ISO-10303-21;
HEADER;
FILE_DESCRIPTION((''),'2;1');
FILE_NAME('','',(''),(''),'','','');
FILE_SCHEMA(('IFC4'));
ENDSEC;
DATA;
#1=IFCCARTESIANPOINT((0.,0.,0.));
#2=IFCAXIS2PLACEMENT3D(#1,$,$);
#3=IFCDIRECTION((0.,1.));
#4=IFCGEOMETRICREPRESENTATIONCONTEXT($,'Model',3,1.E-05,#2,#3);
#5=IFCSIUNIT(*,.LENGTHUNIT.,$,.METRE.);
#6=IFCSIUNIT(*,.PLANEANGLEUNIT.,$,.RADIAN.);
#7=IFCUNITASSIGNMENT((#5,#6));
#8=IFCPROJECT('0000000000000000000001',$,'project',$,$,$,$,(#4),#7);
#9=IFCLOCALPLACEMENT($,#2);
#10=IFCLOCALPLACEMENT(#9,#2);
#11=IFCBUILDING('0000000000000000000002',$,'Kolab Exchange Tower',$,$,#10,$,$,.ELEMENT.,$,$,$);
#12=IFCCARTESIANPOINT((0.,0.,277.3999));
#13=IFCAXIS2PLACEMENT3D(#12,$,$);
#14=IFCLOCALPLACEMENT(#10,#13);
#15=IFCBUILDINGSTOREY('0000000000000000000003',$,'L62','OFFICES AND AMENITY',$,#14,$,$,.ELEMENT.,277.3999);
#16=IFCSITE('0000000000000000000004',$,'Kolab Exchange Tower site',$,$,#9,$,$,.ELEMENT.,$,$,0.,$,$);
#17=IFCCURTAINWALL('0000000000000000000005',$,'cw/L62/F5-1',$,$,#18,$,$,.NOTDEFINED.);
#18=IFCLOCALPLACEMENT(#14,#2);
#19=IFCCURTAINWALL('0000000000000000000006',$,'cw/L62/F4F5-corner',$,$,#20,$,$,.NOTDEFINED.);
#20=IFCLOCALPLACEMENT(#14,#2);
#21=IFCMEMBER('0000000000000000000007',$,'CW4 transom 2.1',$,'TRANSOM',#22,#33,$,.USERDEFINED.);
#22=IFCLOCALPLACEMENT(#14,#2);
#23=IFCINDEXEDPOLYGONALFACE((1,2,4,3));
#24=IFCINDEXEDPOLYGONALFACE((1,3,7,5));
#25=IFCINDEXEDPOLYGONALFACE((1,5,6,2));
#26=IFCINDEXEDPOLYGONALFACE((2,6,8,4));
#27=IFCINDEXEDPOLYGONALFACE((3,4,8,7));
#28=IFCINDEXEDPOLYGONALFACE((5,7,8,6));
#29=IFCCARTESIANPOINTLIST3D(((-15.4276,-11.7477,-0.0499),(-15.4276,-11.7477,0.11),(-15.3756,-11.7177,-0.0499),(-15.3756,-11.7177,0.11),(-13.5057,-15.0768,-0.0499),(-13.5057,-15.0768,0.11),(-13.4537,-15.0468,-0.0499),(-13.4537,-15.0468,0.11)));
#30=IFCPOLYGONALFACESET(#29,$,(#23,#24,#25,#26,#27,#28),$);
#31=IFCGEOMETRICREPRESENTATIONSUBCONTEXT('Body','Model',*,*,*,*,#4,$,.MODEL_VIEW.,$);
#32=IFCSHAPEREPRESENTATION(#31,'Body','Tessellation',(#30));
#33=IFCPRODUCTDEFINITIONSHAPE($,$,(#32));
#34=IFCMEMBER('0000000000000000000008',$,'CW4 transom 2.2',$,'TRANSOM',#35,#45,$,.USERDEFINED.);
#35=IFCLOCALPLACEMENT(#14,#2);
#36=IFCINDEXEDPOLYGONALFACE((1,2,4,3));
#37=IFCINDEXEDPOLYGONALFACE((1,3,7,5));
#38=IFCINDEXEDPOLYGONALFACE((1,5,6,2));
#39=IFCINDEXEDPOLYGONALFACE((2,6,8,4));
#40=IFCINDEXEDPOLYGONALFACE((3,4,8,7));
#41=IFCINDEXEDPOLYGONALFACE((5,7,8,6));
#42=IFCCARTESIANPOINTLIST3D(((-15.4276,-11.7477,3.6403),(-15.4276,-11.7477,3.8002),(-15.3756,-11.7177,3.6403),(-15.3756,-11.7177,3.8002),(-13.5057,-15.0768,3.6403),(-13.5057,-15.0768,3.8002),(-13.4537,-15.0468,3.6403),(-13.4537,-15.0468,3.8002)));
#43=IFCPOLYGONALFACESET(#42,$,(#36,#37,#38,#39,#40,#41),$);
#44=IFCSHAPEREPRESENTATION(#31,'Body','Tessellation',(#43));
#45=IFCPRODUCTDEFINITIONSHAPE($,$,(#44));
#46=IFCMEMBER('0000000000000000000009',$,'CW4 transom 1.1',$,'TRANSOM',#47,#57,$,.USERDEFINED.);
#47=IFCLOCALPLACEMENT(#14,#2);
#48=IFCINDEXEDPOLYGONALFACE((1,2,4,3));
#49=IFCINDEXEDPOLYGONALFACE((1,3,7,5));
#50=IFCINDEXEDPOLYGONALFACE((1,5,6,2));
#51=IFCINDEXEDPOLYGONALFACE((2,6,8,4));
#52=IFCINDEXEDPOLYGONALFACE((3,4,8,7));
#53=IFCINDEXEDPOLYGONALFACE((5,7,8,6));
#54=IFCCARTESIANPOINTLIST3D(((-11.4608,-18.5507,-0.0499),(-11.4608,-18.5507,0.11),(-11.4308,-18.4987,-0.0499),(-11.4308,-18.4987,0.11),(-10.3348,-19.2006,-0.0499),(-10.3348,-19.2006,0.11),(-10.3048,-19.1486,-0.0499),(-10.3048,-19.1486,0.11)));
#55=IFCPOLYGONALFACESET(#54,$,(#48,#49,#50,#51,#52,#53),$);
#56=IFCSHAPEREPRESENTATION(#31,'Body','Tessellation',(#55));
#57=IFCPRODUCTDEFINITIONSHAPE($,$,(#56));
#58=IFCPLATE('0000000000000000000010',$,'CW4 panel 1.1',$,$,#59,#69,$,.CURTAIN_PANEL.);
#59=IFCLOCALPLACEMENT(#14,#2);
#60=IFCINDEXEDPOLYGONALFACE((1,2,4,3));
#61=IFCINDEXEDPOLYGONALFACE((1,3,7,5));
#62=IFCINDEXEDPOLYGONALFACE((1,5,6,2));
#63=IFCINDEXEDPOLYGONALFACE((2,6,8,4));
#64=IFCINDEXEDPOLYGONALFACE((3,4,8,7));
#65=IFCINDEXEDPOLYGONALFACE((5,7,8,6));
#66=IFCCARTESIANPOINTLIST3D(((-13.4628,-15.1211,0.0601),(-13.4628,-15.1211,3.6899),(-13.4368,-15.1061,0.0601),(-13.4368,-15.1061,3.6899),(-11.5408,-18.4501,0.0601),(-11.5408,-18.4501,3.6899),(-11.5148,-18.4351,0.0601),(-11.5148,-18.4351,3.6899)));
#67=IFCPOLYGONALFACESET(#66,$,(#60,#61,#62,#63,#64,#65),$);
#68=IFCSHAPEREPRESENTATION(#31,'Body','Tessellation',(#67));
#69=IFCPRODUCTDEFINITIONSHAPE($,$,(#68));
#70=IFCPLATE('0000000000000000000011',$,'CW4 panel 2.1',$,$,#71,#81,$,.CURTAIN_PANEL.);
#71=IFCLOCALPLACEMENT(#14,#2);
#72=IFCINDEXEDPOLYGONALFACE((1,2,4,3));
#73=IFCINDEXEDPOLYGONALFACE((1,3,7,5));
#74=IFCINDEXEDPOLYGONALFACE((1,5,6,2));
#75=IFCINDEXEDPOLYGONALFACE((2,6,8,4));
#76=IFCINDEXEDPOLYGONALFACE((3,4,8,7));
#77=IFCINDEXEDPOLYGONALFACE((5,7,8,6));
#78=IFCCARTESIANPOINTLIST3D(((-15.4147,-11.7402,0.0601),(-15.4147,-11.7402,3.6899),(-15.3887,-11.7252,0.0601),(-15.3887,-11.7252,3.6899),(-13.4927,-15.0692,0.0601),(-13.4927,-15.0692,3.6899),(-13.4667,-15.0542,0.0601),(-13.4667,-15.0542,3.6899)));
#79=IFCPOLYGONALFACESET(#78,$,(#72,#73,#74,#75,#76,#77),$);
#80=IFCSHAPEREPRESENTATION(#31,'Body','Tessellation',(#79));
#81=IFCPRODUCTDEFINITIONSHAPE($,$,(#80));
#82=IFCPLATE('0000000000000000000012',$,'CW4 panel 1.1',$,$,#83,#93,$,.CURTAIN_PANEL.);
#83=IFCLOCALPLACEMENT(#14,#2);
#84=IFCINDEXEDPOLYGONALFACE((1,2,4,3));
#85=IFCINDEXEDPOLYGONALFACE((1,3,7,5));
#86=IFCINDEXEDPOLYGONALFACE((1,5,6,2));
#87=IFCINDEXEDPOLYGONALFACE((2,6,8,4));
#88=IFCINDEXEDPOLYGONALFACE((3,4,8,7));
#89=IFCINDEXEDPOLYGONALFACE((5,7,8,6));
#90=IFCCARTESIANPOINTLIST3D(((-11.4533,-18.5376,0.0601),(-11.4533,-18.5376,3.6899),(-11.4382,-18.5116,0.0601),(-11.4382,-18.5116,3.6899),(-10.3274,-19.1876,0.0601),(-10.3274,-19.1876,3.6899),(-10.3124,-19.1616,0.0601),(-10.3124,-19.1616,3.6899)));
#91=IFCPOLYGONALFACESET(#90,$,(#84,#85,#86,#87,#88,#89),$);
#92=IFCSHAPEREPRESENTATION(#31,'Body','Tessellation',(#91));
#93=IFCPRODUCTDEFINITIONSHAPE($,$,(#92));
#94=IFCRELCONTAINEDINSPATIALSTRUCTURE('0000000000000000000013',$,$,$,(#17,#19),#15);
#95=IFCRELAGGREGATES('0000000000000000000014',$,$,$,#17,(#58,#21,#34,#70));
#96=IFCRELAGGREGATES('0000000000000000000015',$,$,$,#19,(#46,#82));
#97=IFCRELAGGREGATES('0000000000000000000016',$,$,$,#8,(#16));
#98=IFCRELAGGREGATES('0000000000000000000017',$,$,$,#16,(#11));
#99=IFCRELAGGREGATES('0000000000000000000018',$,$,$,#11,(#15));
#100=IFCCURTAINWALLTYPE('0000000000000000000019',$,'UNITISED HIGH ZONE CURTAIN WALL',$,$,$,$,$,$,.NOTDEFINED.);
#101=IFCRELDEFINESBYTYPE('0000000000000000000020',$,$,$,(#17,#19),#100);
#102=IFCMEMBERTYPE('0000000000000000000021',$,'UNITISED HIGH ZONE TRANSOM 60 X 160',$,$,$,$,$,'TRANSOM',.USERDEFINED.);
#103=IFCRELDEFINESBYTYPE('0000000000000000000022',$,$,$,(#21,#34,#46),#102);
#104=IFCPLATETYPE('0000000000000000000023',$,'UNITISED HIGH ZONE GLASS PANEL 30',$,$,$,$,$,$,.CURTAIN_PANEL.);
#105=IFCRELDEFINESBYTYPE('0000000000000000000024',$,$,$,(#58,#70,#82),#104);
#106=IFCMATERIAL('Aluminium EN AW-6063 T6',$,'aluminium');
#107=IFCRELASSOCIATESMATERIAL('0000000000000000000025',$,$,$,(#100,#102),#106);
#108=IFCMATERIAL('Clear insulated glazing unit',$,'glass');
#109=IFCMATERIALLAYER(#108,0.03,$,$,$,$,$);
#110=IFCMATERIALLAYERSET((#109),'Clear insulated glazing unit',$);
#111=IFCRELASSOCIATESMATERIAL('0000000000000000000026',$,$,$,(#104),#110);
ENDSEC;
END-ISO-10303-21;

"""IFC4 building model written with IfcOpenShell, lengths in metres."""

from ifc_helpers import new_model, si_unit, direction, frame, origin, origin_2d, place, context, subcontext, project, spatial, rectangle, extrude, material, layer, layer_set, material_profile, profile_set, type_object, element, aggregate, save


model = new_model("IFC4")

# Units and contexts
model_context = context("Model", 3, precision=1e-05, world=origin(), true_north=direction((0.0, 1.0)))
body_context = subcontext(model_context, "Body", "Model", "MODEL_VIEW")
ifc_project = project(units=[si_unit("LENGTHUNIT", "METRE"), si_unit("PLANEANGLEUNIT", "RADIAN")], contexts=[model_context])

# Site, building, storey
site_placement = place(None, origin())
site = spatial("IfcSite", under=ifc_project, at=site_placement, Name="Kolab Exchange Tower site", CompositionType="ELEMENT", RefElevation=0.0)
building_placement = place(site_placement, origin())
building = spatial("IfcBuilding", under=site, at=building_placement, Name="Kolab Exchange Tower", CompositionType="ELEMENT")
storey_placement = place(building_placement, frame((0.0, 0.0, 277.3999)))
storey = spatial("IfcBuildingStorey", under=building, at=storey_placement, Name="L62", Description="OFFICES AND AMENITY", CompositionType="ELEMENT", Elevation=277.3999)

# Curtain wall
ifc_material_1 = material(Name="Aluminium EN AW-6063 T6", Category="aluminium")
curtain_wall_type = type_object("IfcCurtainWallType", Name="UNITISED HIGH ZONE CURTAIN WALL", PredefinedType="NOTDEFINED", material=ifc_material_1)
curtain_wall_1_placement = place(storey_placement, origin())
curtain_wall_1 = element("IfcCurtainWall", 1, at=curtain_wall_1_placement, inside=storey, type_object=curtain_wall_type, Name="cw/L62/F5-1", PredefinedType="NOTDEFINED")

# Curtain wall
curtain_wall_2_placement = place(storey_placement, origin())
curtain_wall_2 = element("IfcCurtainWall", 2, at=curtain_wall_2_placement, inside=storey, type_object=curtain_wall_type, Name="cw/L62/F4F5-corner", PredefinedType="NOTDEFINED")

# Members
ifc_material_profile_1 = material_profile(ifc_material_1, rectangle(XDim=0.0601, YDim=0.1599, at=origin_2d()), Name="RECT 60X160")
ifc_profile_set_1 = profile_set([ifc_material_profile_1], Name="Aluminium EN AW-6063 T6")
member_type_1 = type_object("IfcMemberType", Name="UNITISED HIGH ZONE TRANSOM 60 X 160", ElementType="TRANSOM", PredefinedType="USERDEFINED", material=ifc_profile_set_1)
member_1_placement = place(storey_placement, frame((-13.4797, -15.0618, 0.03), z_axis=(-0.499964, 0.866046, 0.0), x_axis=(-0.866046, -0.499964, 0.0)))
member_1 = element("IfcMember", 3, at=member_1_placement, type_object=member_type_1, Name="CW4 transom 2.1", ObjectType="TRANSOM", PredefinedType="USERDEFINED", context=body_context, shape_type="SweptSolid", body=[
    extrude(rectangle(XDim=0.0601, YDim=0.1599, at=origin_2d()), origin(), (0.0, 0.0, 1.0), 3.844),
])
member_2_placement = place(storey_placement, frame((-13.4797, -15.0618, 3.7202), z_axis=(-0.499964, 0.866046, 0.0), x_axis=(-0.866046, -0.499964, 0.0)))
member_2 = element("IfcMember", 4, at=member_2_placement, type_object=member_type_1, Name="CW4 transom 2.2", ObjectType="TRANSOM", PredefinedType="USERDEFINED", context=body_context, shape_type="SweptSolid", body=[
    extrude(rectangle(XDim=0.0601, YDim=0.1599, at=origin_2d()), origin(), (0.0, 0.0, 1.0), 3.844),
])
member_3_placement = place(storey_placement, frame((-10.3198, -19.1746, 0.03), z_axis=(-0.866086, 0.499896, 0.0), x_axis=(-0.499896, -0.866086, 0.0)))
member_3 = element("IfcMember", 5, at=member_3_placement, type_object=member_type_1, Name="CW4 transom 1.1", ObjectType="TRANSOM", PredefinedType="USERDEFINED", context=body_context, shape_type="SweptSolid", body=[
    extrude(rectangle(XDim=0.0601, YDim=0.1599, at=origin_2d()), origin(), (0.0, 0.0, 1.0), 1.3),
])

# Plates
ifc_material_2 = material(Name="Clear insulated glazing unit", Category="glass")
ifc_layer_1 = layer(ifc_material_2, 0.03)
ifc_layer_set_1 = layer_set([ifc_layer_1], Name="Clear insulated glazing unit")
plate_type = type_object("IfcPlateType", Name="UNITISED HIGH ZONE GLASS PANEL 30", PredefinedType="CURTAIN_PANEL", material=ifc_layer_set_1)
plate_1_placement = place(storey_placement, frame((-12.4888, -16.7781, 0.0601), z_axis=(0.0, 0.0, 1.0), x_axis=(-0.5, 0.866025, 0.0)))
plate_1 = element("IfcPlate", 6, at=plate_1_placement, type_object=plate_type, Name="CW4 panel 1.1", PredefinedType="CURTAIN_PANEL", context=body_context, shape_type="SweptSolid", body=[
    extrude(rectangle(XDim=3.844, YDim=0.03, at=origin_2d()), origin(), (0.0, 0.0, 1.0), 3.6299),
])
plate_2_placement = place(storey_placement, frame((-14.4407, -13.3972, 0.0601), z_axis=(0.0, 0.0, 1.0), x_axis=(-0.5, 0.866025, 0.0)))
plate_2 = element("IfcPlate", 7, at=plate_2_placement, type_object=plate_type, Name="CW4 panel 2.1", PredefinedType="CURTAIN_PANEL", context=body_context, shape_type="SweptSolid", body=[
    extrude(rectangle(XDim=3.844, YDim=0.03, at=origin_2d()), origin(), (0.0, 0.0, 1.0), 3.6299),
])
aggregate(curtain_wall_1, [plate_1, member_1, member_2, plate_2])
plate_3_placement = place(storey_placement, frame((-10.8828, -18.8496, 0.0601), z_axis=(0.0, 0.0, 1.0), x_axis=(-0.866025, 0.5, 0.0)))
plate_3 = element("IfcPlate", 8, at=plate_3_placement, type_object=plate_type, Name="CW4 panel 1.1", PredefinedType="CURTAIN_PANEL", context=body_context, shape_type="SweptSolid", body=[
    extrude(rectangle(XDim=1.3, YDim=0.03, at=origin_2d()), origin(), (0.0, 0.0, 1.0), 3.6299),
])
aggregate(curtain_wall_2, [member_3, plate_3])

save(model, "model.ifc")
